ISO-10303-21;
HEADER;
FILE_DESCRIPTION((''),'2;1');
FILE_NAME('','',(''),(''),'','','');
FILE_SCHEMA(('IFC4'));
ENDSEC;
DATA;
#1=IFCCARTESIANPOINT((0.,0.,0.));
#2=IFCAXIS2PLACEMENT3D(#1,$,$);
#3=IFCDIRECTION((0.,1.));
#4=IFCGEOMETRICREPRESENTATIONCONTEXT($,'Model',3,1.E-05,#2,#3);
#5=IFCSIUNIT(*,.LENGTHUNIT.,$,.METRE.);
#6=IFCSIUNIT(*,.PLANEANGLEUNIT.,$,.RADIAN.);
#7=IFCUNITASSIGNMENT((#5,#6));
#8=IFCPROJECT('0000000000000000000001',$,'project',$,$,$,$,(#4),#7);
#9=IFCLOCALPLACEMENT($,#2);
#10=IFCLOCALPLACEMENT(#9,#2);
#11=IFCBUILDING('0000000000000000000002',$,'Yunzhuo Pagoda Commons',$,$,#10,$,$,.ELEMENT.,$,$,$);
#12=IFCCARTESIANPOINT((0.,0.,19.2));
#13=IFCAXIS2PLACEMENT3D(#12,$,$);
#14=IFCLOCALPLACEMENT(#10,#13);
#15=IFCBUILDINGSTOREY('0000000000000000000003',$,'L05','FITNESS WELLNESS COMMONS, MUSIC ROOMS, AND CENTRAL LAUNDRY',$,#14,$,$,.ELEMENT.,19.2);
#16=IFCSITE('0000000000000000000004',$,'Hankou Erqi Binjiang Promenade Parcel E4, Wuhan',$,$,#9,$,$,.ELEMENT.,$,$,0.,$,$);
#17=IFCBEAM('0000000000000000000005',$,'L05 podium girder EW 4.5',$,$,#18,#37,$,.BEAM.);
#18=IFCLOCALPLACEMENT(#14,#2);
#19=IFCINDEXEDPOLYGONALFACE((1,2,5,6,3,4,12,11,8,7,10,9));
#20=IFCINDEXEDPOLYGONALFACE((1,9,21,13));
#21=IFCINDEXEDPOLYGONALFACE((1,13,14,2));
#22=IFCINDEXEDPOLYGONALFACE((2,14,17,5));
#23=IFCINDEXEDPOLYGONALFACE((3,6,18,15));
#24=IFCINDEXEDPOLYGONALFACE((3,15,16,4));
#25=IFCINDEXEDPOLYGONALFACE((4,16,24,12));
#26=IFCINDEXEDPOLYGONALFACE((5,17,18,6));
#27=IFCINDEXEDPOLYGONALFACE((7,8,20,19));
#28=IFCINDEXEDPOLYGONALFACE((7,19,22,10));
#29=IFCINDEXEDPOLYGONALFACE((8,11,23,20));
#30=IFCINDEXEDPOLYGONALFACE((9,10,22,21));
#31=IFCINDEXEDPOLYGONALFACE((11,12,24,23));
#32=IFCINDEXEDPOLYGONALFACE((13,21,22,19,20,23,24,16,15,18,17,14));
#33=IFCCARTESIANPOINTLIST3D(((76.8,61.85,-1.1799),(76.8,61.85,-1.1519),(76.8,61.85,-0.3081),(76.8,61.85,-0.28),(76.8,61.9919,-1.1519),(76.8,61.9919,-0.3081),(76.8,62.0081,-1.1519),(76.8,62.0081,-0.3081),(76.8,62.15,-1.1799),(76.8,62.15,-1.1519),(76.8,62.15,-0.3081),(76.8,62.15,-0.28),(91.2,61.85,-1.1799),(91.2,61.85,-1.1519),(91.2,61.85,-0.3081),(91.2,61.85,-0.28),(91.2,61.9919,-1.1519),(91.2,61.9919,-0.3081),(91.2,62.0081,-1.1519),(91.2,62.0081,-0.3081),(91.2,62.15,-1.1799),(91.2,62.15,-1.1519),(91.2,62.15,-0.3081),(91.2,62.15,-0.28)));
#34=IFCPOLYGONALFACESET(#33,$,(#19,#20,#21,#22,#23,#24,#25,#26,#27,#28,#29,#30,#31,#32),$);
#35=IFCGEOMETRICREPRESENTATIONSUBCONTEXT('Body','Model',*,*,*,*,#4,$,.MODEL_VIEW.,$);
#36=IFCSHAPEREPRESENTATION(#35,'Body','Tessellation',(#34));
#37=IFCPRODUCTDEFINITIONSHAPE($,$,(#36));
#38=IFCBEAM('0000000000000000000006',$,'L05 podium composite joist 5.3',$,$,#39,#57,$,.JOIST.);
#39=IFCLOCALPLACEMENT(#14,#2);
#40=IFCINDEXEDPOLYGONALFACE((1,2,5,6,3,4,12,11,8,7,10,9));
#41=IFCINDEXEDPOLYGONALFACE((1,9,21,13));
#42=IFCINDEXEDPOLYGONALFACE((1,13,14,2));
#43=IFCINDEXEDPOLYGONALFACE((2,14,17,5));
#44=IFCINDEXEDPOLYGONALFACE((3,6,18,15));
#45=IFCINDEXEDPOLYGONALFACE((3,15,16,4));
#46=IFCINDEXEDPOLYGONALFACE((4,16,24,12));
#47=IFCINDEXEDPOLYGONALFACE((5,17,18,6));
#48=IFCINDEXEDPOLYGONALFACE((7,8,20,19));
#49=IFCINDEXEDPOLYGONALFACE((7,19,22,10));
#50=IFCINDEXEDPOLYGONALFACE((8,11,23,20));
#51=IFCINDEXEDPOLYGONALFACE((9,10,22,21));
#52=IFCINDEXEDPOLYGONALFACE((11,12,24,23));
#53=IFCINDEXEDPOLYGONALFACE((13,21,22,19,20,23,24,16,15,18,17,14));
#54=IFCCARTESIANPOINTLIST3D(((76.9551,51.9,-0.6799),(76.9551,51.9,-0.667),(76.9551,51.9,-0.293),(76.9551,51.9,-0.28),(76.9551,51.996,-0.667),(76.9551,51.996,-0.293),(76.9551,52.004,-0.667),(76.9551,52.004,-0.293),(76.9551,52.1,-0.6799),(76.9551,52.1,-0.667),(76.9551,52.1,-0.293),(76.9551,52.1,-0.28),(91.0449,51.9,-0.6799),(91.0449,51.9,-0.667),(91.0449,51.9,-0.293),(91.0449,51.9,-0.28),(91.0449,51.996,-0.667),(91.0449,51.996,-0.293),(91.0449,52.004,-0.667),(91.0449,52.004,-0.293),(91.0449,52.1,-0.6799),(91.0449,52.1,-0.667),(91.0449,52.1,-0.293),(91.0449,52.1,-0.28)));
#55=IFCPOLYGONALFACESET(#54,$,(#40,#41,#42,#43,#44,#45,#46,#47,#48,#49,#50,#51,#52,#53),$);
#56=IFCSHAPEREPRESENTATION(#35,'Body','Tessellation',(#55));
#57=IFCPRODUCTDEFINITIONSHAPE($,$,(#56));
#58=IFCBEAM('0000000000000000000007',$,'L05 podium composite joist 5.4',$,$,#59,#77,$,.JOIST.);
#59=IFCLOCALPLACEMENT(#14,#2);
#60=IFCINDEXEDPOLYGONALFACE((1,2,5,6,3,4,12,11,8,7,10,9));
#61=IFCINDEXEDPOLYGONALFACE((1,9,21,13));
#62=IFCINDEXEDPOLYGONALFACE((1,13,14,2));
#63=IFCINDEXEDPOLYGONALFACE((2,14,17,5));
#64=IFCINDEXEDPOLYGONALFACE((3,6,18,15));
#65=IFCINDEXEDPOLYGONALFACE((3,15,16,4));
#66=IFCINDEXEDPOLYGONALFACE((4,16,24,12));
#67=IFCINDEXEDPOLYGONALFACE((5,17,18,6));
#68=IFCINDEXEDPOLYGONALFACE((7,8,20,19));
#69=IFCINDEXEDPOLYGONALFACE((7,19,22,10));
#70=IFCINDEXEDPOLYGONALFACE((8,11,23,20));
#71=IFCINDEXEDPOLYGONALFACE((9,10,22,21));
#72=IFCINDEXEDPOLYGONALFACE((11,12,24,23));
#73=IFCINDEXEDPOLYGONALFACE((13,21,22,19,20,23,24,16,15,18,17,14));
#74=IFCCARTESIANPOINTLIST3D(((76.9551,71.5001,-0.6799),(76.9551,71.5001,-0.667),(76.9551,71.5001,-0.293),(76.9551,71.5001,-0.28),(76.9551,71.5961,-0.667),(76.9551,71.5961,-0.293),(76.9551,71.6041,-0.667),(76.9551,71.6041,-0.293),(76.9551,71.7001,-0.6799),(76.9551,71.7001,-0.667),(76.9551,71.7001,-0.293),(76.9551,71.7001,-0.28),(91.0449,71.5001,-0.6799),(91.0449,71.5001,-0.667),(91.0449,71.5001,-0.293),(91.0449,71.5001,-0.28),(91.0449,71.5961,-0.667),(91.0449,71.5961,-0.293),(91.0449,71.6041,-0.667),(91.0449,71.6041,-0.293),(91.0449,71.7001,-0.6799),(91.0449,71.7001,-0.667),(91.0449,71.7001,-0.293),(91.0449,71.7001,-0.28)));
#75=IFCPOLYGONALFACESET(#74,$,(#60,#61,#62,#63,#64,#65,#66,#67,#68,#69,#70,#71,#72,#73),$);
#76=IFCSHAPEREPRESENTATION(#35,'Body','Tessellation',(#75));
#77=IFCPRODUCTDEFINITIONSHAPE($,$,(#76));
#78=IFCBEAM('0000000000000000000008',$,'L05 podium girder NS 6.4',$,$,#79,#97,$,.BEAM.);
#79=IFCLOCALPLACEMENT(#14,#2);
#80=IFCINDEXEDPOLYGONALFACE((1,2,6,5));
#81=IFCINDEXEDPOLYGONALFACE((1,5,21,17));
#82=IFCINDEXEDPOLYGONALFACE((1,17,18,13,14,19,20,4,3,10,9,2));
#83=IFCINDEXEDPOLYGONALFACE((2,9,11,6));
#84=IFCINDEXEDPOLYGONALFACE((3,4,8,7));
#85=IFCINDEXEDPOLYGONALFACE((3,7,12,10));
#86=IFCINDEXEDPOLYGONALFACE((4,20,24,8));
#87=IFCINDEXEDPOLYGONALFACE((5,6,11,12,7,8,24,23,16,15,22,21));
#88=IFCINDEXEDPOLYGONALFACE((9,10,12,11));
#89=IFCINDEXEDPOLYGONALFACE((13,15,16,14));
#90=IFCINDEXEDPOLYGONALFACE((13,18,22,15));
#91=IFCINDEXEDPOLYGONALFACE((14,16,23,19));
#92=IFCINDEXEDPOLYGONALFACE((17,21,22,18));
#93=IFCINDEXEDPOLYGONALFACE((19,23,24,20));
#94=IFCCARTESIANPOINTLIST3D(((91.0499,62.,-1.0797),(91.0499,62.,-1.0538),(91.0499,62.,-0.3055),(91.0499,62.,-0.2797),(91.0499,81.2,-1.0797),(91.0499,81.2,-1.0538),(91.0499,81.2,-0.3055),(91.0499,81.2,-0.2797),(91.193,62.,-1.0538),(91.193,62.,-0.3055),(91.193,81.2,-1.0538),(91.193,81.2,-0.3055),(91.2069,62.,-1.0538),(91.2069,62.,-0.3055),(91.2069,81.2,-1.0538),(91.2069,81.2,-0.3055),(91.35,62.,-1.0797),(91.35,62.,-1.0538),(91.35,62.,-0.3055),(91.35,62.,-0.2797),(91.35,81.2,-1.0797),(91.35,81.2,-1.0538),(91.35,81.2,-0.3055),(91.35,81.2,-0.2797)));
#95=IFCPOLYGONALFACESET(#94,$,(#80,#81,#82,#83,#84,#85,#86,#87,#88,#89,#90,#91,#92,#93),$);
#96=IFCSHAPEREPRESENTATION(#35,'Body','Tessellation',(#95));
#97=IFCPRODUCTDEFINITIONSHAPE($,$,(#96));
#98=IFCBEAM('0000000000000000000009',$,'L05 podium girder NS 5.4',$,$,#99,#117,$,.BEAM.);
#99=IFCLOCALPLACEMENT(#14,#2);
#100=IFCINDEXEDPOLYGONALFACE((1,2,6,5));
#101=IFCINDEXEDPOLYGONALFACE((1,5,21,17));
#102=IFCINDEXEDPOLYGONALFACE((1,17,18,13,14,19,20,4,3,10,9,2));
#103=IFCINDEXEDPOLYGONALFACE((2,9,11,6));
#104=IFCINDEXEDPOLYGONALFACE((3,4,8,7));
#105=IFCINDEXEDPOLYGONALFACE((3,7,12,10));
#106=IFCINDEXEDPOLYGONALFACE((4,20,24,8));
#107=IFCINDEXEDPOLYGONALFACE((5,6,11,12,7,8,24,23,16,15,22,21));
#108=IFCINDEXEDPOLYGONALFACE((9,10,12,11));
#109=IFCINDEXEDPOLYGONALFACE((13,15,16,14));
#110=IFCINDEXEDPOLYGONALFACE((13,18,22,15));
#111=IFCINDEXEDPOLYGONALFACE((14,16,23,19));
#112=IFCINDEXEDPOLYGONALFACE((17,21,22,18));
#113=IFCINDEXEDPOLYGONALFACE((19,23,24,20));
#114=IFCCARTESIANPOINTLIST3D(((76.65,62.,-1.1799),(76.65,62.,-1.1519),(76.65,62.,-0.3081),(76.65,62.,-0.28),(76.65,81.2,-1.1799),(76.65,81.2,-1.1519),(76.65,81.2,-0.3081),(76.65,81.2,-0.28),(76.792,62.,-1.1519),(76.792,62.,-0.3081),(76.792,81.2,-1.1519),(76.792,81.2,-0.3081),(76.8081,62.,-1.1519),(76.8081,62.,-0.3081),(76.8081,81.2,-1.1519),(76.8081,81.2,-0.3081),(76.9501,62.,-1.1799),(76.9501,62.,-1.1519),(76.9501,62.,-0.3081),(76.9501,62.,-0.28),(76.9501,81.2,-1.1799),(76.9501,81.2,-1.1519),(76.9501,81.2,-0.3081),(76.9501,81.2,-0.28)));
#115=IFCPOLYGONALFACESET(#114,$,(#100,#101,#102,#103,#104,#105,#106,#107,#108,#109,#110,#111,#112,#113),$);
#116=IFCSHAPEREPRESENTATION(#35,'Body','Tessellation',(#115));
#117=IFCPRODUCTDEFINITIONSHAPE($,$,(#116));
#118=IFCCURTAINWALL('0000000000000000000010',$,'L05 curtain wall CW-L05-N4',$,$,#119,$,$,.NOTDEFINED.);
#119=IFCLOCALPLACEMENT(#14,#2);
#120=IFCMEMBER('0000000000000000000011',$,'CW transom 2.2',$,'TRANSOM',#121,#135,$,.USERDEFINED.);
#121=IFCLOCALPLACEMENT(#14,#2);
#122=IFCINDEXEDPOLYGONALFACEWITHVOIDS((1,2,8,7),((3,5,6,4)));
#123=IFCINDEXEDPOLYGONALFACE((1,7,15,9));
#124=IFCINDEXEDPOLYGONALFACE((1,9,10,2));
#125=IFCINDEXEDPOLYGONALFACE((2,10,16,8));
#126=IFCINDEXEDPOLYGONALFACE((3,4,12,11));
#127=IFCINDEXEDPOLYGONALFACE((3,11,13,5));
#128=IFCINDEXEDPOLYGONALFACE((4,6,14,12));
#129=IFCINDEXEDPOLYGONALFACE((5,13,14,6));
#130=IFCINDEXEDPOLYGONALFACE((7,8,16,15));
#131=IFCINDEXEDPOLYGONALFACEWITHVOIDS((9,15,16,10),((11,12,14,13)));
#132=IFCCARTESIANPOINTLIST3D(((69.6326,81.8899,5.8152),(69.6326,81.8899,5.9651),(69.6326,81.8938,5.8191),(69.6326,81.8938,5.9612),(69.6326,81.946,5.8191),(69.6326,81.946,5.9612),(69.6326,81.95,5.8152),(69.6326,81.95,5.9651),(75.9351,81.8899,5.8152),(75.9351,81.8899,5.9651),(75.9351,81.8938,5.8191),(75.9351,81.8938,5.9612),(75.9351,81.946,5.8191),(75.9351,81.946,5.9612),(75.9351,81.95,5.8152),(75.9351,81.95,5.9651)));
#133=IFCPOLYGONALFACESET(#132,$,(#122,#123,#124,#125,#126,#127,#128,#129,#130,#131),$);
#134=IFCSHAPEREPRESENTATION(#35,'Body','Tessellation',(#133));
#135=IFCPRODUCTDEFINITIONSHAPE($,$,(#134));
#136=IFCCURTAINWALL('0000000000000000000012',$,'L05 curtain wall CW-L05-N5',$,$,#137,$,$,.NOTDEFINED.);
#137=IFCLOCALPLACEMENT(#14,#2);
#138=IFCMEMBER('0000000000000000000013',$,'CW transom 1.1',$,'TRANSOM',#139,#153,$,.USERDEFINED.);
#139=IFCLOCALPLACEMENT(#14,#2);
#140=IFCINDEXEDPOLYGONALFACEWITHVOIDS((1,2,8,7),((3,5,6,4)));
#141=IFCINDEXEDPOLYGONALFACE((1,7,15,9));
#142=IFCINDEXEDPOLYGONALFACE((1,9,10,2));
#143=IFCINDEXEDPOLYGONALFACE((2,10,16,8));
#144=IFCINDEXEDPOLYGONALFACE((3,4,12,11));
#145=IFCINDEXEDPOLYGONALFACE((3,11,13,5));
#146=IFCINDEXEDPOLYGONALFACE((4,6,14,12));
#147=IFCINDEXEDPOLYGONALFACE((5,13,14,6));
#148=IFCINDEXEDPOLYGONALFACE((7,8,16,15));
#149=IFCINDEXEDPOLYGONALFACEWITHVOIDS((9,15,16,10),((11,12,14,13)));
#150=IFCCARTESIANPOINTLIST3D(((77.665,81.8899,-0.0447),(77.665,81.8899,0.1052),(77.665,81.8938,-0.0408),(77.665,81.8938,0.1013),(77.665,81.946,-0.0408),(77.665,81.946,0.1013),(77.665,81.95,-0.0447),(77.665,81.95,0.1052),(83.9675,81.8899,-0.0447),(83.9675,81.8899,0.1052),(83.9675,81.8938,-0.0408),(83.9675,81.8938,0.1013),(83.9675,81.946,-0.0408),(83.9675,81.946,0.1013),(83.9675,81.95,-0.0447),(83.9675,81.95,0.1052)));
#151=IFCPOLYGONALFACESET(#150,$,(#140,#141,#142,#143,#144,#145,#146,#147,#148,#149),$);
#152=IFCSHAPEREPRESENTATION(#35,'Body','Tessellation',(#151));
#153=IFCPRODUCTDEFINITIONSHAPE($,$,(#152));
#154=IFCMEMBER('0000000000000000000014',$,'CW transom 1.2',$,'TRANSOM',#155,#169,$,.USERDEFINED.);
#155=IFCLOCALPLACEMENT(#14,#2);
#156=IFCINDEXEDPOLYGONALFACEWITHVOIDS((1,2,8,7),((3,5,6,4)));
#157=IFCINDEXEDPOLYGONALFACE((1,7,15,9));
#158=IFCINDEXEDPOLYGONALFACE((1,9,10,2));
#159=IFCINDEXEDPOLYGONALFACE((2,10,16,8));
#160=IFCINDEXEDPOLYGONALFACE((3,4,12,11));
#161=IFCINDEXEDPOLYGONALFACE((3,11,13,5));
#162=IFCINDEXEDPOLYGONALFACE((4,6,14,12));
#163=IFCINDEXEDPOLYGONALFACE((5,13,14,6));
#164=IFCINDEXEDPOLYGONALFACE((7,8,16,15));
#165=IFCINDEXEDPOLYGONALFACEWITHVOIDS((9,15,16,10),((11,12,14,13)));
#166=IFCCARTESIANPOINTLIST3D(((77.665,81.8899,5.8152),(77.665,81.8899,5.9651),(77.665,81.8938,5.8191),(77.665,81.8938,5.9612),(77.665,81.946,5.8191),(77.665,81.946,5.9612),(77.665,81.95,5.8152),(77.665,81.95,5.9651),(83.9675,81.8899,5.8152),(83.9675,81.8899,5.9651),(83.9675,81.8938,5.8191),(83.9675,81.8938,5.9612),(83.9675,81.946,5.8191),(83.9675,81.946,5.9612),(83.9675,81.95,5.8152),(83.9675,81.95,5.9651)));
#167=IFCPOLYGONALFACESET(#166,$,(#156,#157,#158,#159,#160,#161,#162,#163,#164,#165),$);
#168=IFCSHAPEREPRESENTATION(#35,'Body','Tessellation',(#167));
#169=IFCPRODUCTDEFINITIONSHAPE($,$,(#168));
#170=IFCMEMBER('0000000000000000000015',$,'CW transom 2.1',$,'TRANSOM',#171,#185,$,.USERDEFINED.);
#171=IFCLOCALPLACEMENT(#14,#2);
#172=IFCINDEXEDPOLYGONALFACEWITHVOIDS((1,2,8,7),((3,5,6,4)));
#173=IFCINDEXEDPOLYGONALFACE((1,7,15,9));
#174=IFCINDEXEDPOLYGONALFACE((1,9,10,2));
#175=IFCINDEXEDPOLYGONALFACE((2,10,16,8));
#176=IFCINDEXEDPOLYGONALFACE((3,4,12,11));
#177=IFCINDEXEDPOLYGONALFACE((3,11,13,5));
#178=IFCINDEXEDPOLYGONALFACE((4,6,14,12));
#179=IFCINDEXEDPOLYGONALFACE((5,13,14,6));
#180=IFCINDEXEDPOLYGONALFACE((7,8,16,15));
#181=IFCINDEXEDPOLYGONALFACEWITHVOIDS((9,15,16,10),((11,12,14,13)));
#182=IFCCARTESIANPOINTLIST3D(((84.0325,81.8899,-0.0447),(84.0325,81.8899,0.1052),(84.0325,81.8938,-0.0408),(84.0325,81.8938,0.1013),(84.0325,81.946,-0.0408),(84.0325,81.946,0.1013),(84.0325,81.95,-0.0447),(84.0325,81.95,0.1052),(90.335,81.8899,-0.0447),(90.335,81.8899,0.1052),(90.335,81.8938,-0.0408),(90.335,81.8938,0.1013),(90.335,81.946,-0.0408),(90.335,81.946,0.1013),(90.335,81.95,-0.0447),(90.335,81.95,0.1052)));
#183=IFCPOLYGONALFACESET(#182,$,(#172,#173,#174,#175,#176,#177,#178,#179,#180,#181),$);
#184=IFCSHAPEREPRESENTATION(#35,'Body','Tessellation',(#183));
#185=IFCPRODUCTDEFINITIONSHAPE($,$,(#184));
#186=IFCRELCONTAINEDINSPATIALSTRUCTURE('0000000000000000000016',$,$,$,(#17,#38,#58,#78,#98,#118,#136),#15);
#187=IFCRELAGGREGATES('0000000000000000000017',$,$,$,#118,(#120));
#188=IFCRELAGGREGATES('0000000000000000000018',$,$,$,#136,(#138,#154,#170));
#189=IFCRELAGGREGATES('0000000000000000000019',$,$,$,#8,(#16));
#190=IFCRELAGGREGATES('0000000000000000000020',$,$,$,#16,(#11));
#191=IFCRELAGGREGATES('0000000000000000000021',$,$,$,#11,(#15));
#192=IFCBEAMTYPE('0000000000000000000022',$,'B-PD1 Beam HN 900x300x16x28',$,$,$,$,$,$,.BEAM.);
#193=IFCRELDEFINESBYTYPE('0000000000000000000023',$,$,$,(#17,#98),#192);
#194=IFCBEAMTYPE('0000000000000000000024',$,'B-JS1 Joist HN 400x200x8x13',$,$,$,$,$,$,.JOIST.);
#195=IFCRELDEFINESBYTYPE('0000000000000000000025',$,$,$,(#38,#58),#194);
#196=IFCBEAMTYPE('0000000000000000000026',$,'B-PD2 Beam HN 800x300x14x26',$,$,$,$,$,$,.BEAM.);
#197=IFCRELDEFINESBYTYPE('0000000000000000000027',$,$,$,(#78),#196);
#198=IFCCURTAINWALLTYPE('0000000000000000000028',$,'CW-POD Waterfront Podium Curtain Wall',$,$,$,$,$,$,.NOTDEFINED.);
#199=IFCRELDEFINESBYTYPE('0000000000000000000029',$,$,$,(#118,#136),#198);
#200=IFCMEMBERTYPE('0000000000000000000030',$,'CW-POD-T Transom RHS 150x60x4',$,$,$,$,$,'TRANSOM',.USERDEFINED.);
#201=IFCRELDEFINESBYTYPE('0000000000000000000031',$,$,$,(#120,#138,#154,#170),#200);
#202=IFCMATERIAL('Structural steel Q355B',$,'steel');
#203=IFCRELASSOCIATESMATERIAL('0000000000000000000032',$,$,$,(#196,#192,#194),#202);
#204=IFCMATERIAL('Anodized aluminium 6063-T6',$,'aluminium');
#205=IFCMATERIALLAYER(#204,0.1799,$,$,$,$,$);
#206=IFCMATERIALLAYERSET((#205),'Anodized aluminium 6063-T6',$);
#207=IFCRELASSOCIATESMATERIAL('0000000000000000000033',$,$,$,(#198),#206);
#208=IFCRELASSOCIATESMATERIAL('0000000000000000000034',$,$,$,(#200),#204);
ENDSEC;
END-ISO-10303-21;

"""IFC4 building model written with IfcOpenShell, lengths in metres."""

from ifc_helpers import new_model, si_unit, direction, frame, origin, origin_2d, place, context, subcontext, project, spatial, hollow_rectangle, i_section, extrude, source, transform, mapped, material, layer, layer_set, material_profile, profile_set, type_object, element, aggregate, save


model = new_model("IFC4")

# Units and contexts
model_context = context("Model", 3, precision=1e-05, world=origin(), true_north=direction((0.0, 1.0)))
body_context = subcontext(model_context, "Body", "Model", "MODEL_VIEW")
ifc_project = project(units=[si_unit("LENGTHUNIT", "METRE"), si_unit("PLANEANGLEUNIT", "RADIAN")], contexts=[model_context])

# Site, building, storey
site_placement = place(None, origin())
site = spatial("IfcSite", under=ifc_project, at=site_placement, Name="Hankou Erqi Binjiang Promenade Parcel E4, Wuhan", CompositionType="ELEMENT", RefElevation=0.0)
building_placement = place(site_placement, origin())
building = spatial("IfcBuilding", under=site, at=building_placement, Name="Yunzhuo Pagoda Commons", CompositionType="ELEMENT")
storey_placement = place(building_placement, frame((0.0, 0.0, 19.2)))
storey = spatial("IfcBuildingStorey", under=building, at=storey_placement, Name="L05", Description="FITNESS WELLNESS COMMONS, MUSIC ROOMS, AND CENTRAL LAUNDRY", CompositionType="ELEMENT", Elevation=19.2)

# Beams
ifc_material_1 = material(Name="Structural steel Q355B", Category="steel")
ifc_material_profile_1 = material_profile(ifc_material_1, i_section(OverallWidth=0.3, OverallDepth=0.8, WebThickness=0.0139, FlangeThickness=0.0259, at=origin_2d()), Name="Structural steel Q355B")
ifc_profile_set_1 = profile_set([ifc_material_profile_1], Name="Structural steel Q355B")
beam_type_1 = type_object("IfcBeamType", Name="B-PD2 Beam HN 800x300x14x26", PredefinedType="BEAM", material=ifc_profile_set_1)
ifc_material_profile_2 = material_profile(ifc_material_1, i_section(OverallWidth=0.3, OverallDepth=0.8999, WebThickness=0.0161, FlangeThickness=0.0281, at=origin_2d()), Name="Structural steel Q355B")
ifc_profile_set_2 = profile_set([ifc_material_profile_2], Name="Structural steel Q355B")
beam_type_2 = type_object("IfcBeamType", Name="B-PD1 Beam HN 900x300x16x28", PredefinedType="BEAM", material=ifc_profile_set_2)
shared_shape_1 = source(origin(), body_context, "Body", "SweptSolid", [
    extrude(i_section(OverallWidth=0.3, OverallDepth=0.8999, WebThickness=0.0161, FlangeThickness=0.0281, at=origin_2d()), origin(), (0.0, 0.0, 1.0), 14.3999),
])
beam_1_placement = place(storey_placement, frame((76.8, 62.0, -0.73), z_axis=(1.0, 0.0, 0.0), x_axis=(0.0, 1.0, 0.0)))
element("IfcBeam", 1, at=beam_1_placement, inside=storey, type_object=beam_type_2, Name="L05 podium girder EW 4.5", PredefinedType="BEAM", context=body_context, shape_type="MappedRepresentation", body=[
    mapped(shared_shape_1, transform((0.0, 0.0, 0.0), scale=1.0)),
])
ifc_material_profile_3 = material_profile(ifc_material_1, i_section(OverallWidth=0.2, OverallDepth=0.3999, WebThickness=0.0081, FlangeThickness=0.0129, at=origin_2d()), Name="Structural steel Q355B")
ifc_profile_set_3 = profile_set([ifc_material_profile_3], Name="Structural steel Q355B")
beam_type_3 = type_object("IfcBeamType", Name="B-JS1 Joist HN 400x200x8x13", PredefinedType="JOIST", material=ifc_profile_set_3)
shared_shape_2 = source(origin(), body_context, "Body", "SweptSolid", [
    extrude(i_section(OverallWidth=0.2, OverallDepth=0.3999, WebThickness=0.0081, FlangeThickness=0.0129, at=origin_2d()), origin(), (0.0, 0.0, 1.0), 14.0898),
])
for number, where, z_axis, x_axis, name in (
    (2, (76.9551, 52.0, -0.48), (1.0, 0.0, 0.0), (0.0, 1.0, 0.0), "L05 podium composite joist 5.3"),
    (3, (76.9551, 71.6001, -0.48), (1.0, 0.0, 0.0), (0.0, 1.0, 0.0), "L05 podium composite joist 5.4"),
):
    element("IfcBeam", number, at=place(storey_placement, frame(where, z_axis=z_axis, x_axis=x_axis)), inside=storey, type_object=beam_type_3, Name=name, PredefinedType="JOIST", context=body_context, shape_type="MappedRepresentation", body=[
        mapped(shared_shape_2, transform((0.0, 0.0, 0.0), scale=1.0)),
    ])
shared_shape_3 = source(origin(), body_context, "Body", "SweptSolid", [
    extrude(i_section(OverallWidth=0.3, OverallDepth=0.8, WebThickness=0.0139, FlangeThickness=0.0259, at=origin_2d()), origin(), (0.0, 0.0, 1.0), 19.2),
])
beam_2_placement = place(storey_placement, frame((91.2, 62.0, -0.6797), z_axis=(0.0, 1.0, 0.0), x_axis=(-1.0, 0.0, 0.0)))
element("IfcBeam", 4, at=beam_2_placement, inside=storey, type_object=beam_type_1, Name="L05 podium girder NS 6.4", PredefinedType="BEAM", context=body_context, shape_type="MappedRepresentation", body=[
    mapped(shared_shape_3, transform((0.0, 0.0, 0.0), scale=1.0)),
])
shared_shape_4 = source(origin(), body_context, "Body", "SweptSolid", [
    extrude(i_section(OverallWidth=0.3, OverallDepth=0.8999, WebThickness=0.0161, FlangeThickness=0.0281, at=origin_2d()), origin(), (0.0, 0.0, 1.0), 19.2),
])
beam_3_placement = place(storey_placement, frame((76.8, 62.0, -0.73), z_axis=(0.0, 1.0, 0.0), x_axis=(-1.0, 0.0, 0.0)))
element("IfcBeam", 5, at=beam_3_placement, inside=storey, type_object=beam_type_2, Name="L05 podium girder NS 5.4", PredefinedType="BEAM", context=body_context, shape_type="MappedRepresentation", body=[
    mapped(shared_shape_4, transform((0.0, 0.0, 0.0), scale=1.0)),
])

# Curtain wall, member
ifc_material_2 = material(Name="Anodized aluminium 6063-T6", Category="aluminium")
ifc_layer_1 = layer(ifc_material_2, 0.1799)
ifc_layer_set_1 = layer_set([ifc_layer_1], Name="Anodized aluminium 6063-T6")
curtain_wall_type = type_object("IfcCurtainWallType", Name="CW-POD Waterfront Podium Curtain Wall", PredefinedType="NOTDEFINED", material=ifc_layer_set_1)
curtain_wall_1_placement = place(storey_placement, origin())
curtain_wall_1 = element("IfcCurtainWall", 6, at=curtain_wall_1_placement, inside=storey, type_object=curtain_wall_type, Name="L05 curtain wall CW-L05-N4", PredefinedType="NOTDEFINED")
ifc_material_profile_4 = material_profile(ifc_material_2, hollow_rectangle(XDim=0.0601, YDim=0.1499, WallThickness=0.0039, at=origin_2d()), Name="Anodized aluminium 6063-T6")
ifc_profile_set_4 = profile_set([ifc_material_profile_4], Name="Anodized aluminium 6063-T6")
member_type_1 = type_object("IfcMemberType", Name="CW-POD-T Transom RHS 150x60x4", ElementType="TRANSOM", PredefinedType="USERDEFINED", material=ifc_profile_set_4)
shared_shape_5 = source(origin(), body_context, "Body", "SweptSolid", [
    extrude(hollow_rectangle(XDim=0.0601, YDim=0.1499, WallThickness=0.0039, at=origin_2d()), origin(), (0.0, 0.0, 1.0), 6.3025),
])
member_1_placement = place(storey_placement, frame((69.6326, 81.9199, 5.8901), z_axis=(1.0, 0.0, 0.0), x_axis=(0.0, 1.0, 0.0)))
member_1 = element("IfcMember", 7, at=member_1_placement, type_object=member_type_1, Name="CW transom 2.2", ObjectType="TRANSOM", PredefinedType="USERDEFINED", context=body_context, shape_type="MappedRepresentation", body=[
    mapped(shared_shape_5, transform((0.0, 0.0, 0.0), scale=1.0)),
])

# Curtain wall, members
curtain_wall_2_placement = place(storey_placement, origin())
curtain_wall_2 = element("IfcCurtainWall", 8, at=curtain_wall_2_placement, inside=storey, type_object=curtain_wall_type, Name="L05 curtain wall CW-L05-N5", PredefinedType="NOTDEFINED")
member_2_placement = place(storey_placement, frame((77.665, 81.9199, 0.0303), z_axis=(1.0, 0.0, 0.0), x_axis=(0.0, 1.0, 0.0)))
member_2 = element("IfcMember", 9, at=member_2_placement, type_object=member_type_1, Name="CW transom 1.1", ObjectType="TRANSOM", PredefinedType="USERDEFINED", context=body_context, shape_type="MappedRepresentation", body=[
    mapped(shared_shape_5, transform((0.0, 0.0, 0.0), scale=1.0)),
])
member_3_placement = place(storey_placement, frame((77.665, 81.9199, 5.8901), z_axis=(1.0, 0.0, 0.0), x_axis=(0.0, 1.0, 0.0)))
member_3 = element("IfcMember", 10, at=member_3_placement, type_object=member_type_1, Name="CW transom 1.2", ObjectType="TRANSOM", PredefinedType="USERDEFINED", context=body_context, shape_type="MappedRepresentation", body=[
    mapped(shared_shape_5, transform((0.0, 0.0, 0.0), scale=1.0)),
])
member_4_placement = place(storey_placement, frame((84.0325, 81.9199, 0.0303), z_axis=(1.0, 0.0, 0.0), x_axis=(0.0, 1.0, 0.0)))
member_4 = element("IfcMember", 11, at=member_4_placement, type_object=member_type_1, Name="CW transom 2.1", ObjectType="TRANSOM", PredefinedType="USERDEFINED", context=body_context, shape_type="MappedRepresentation", body=[
    mapped(shared_shape_5, transform((0.0, 0.0, 0.0), scale=1.0)),
])

aggregate(curtain_wall_1, [member_1])
aggregate(curtain_wall_2, [member_2, member_3, member_4])

save(model, "model.ifc")
